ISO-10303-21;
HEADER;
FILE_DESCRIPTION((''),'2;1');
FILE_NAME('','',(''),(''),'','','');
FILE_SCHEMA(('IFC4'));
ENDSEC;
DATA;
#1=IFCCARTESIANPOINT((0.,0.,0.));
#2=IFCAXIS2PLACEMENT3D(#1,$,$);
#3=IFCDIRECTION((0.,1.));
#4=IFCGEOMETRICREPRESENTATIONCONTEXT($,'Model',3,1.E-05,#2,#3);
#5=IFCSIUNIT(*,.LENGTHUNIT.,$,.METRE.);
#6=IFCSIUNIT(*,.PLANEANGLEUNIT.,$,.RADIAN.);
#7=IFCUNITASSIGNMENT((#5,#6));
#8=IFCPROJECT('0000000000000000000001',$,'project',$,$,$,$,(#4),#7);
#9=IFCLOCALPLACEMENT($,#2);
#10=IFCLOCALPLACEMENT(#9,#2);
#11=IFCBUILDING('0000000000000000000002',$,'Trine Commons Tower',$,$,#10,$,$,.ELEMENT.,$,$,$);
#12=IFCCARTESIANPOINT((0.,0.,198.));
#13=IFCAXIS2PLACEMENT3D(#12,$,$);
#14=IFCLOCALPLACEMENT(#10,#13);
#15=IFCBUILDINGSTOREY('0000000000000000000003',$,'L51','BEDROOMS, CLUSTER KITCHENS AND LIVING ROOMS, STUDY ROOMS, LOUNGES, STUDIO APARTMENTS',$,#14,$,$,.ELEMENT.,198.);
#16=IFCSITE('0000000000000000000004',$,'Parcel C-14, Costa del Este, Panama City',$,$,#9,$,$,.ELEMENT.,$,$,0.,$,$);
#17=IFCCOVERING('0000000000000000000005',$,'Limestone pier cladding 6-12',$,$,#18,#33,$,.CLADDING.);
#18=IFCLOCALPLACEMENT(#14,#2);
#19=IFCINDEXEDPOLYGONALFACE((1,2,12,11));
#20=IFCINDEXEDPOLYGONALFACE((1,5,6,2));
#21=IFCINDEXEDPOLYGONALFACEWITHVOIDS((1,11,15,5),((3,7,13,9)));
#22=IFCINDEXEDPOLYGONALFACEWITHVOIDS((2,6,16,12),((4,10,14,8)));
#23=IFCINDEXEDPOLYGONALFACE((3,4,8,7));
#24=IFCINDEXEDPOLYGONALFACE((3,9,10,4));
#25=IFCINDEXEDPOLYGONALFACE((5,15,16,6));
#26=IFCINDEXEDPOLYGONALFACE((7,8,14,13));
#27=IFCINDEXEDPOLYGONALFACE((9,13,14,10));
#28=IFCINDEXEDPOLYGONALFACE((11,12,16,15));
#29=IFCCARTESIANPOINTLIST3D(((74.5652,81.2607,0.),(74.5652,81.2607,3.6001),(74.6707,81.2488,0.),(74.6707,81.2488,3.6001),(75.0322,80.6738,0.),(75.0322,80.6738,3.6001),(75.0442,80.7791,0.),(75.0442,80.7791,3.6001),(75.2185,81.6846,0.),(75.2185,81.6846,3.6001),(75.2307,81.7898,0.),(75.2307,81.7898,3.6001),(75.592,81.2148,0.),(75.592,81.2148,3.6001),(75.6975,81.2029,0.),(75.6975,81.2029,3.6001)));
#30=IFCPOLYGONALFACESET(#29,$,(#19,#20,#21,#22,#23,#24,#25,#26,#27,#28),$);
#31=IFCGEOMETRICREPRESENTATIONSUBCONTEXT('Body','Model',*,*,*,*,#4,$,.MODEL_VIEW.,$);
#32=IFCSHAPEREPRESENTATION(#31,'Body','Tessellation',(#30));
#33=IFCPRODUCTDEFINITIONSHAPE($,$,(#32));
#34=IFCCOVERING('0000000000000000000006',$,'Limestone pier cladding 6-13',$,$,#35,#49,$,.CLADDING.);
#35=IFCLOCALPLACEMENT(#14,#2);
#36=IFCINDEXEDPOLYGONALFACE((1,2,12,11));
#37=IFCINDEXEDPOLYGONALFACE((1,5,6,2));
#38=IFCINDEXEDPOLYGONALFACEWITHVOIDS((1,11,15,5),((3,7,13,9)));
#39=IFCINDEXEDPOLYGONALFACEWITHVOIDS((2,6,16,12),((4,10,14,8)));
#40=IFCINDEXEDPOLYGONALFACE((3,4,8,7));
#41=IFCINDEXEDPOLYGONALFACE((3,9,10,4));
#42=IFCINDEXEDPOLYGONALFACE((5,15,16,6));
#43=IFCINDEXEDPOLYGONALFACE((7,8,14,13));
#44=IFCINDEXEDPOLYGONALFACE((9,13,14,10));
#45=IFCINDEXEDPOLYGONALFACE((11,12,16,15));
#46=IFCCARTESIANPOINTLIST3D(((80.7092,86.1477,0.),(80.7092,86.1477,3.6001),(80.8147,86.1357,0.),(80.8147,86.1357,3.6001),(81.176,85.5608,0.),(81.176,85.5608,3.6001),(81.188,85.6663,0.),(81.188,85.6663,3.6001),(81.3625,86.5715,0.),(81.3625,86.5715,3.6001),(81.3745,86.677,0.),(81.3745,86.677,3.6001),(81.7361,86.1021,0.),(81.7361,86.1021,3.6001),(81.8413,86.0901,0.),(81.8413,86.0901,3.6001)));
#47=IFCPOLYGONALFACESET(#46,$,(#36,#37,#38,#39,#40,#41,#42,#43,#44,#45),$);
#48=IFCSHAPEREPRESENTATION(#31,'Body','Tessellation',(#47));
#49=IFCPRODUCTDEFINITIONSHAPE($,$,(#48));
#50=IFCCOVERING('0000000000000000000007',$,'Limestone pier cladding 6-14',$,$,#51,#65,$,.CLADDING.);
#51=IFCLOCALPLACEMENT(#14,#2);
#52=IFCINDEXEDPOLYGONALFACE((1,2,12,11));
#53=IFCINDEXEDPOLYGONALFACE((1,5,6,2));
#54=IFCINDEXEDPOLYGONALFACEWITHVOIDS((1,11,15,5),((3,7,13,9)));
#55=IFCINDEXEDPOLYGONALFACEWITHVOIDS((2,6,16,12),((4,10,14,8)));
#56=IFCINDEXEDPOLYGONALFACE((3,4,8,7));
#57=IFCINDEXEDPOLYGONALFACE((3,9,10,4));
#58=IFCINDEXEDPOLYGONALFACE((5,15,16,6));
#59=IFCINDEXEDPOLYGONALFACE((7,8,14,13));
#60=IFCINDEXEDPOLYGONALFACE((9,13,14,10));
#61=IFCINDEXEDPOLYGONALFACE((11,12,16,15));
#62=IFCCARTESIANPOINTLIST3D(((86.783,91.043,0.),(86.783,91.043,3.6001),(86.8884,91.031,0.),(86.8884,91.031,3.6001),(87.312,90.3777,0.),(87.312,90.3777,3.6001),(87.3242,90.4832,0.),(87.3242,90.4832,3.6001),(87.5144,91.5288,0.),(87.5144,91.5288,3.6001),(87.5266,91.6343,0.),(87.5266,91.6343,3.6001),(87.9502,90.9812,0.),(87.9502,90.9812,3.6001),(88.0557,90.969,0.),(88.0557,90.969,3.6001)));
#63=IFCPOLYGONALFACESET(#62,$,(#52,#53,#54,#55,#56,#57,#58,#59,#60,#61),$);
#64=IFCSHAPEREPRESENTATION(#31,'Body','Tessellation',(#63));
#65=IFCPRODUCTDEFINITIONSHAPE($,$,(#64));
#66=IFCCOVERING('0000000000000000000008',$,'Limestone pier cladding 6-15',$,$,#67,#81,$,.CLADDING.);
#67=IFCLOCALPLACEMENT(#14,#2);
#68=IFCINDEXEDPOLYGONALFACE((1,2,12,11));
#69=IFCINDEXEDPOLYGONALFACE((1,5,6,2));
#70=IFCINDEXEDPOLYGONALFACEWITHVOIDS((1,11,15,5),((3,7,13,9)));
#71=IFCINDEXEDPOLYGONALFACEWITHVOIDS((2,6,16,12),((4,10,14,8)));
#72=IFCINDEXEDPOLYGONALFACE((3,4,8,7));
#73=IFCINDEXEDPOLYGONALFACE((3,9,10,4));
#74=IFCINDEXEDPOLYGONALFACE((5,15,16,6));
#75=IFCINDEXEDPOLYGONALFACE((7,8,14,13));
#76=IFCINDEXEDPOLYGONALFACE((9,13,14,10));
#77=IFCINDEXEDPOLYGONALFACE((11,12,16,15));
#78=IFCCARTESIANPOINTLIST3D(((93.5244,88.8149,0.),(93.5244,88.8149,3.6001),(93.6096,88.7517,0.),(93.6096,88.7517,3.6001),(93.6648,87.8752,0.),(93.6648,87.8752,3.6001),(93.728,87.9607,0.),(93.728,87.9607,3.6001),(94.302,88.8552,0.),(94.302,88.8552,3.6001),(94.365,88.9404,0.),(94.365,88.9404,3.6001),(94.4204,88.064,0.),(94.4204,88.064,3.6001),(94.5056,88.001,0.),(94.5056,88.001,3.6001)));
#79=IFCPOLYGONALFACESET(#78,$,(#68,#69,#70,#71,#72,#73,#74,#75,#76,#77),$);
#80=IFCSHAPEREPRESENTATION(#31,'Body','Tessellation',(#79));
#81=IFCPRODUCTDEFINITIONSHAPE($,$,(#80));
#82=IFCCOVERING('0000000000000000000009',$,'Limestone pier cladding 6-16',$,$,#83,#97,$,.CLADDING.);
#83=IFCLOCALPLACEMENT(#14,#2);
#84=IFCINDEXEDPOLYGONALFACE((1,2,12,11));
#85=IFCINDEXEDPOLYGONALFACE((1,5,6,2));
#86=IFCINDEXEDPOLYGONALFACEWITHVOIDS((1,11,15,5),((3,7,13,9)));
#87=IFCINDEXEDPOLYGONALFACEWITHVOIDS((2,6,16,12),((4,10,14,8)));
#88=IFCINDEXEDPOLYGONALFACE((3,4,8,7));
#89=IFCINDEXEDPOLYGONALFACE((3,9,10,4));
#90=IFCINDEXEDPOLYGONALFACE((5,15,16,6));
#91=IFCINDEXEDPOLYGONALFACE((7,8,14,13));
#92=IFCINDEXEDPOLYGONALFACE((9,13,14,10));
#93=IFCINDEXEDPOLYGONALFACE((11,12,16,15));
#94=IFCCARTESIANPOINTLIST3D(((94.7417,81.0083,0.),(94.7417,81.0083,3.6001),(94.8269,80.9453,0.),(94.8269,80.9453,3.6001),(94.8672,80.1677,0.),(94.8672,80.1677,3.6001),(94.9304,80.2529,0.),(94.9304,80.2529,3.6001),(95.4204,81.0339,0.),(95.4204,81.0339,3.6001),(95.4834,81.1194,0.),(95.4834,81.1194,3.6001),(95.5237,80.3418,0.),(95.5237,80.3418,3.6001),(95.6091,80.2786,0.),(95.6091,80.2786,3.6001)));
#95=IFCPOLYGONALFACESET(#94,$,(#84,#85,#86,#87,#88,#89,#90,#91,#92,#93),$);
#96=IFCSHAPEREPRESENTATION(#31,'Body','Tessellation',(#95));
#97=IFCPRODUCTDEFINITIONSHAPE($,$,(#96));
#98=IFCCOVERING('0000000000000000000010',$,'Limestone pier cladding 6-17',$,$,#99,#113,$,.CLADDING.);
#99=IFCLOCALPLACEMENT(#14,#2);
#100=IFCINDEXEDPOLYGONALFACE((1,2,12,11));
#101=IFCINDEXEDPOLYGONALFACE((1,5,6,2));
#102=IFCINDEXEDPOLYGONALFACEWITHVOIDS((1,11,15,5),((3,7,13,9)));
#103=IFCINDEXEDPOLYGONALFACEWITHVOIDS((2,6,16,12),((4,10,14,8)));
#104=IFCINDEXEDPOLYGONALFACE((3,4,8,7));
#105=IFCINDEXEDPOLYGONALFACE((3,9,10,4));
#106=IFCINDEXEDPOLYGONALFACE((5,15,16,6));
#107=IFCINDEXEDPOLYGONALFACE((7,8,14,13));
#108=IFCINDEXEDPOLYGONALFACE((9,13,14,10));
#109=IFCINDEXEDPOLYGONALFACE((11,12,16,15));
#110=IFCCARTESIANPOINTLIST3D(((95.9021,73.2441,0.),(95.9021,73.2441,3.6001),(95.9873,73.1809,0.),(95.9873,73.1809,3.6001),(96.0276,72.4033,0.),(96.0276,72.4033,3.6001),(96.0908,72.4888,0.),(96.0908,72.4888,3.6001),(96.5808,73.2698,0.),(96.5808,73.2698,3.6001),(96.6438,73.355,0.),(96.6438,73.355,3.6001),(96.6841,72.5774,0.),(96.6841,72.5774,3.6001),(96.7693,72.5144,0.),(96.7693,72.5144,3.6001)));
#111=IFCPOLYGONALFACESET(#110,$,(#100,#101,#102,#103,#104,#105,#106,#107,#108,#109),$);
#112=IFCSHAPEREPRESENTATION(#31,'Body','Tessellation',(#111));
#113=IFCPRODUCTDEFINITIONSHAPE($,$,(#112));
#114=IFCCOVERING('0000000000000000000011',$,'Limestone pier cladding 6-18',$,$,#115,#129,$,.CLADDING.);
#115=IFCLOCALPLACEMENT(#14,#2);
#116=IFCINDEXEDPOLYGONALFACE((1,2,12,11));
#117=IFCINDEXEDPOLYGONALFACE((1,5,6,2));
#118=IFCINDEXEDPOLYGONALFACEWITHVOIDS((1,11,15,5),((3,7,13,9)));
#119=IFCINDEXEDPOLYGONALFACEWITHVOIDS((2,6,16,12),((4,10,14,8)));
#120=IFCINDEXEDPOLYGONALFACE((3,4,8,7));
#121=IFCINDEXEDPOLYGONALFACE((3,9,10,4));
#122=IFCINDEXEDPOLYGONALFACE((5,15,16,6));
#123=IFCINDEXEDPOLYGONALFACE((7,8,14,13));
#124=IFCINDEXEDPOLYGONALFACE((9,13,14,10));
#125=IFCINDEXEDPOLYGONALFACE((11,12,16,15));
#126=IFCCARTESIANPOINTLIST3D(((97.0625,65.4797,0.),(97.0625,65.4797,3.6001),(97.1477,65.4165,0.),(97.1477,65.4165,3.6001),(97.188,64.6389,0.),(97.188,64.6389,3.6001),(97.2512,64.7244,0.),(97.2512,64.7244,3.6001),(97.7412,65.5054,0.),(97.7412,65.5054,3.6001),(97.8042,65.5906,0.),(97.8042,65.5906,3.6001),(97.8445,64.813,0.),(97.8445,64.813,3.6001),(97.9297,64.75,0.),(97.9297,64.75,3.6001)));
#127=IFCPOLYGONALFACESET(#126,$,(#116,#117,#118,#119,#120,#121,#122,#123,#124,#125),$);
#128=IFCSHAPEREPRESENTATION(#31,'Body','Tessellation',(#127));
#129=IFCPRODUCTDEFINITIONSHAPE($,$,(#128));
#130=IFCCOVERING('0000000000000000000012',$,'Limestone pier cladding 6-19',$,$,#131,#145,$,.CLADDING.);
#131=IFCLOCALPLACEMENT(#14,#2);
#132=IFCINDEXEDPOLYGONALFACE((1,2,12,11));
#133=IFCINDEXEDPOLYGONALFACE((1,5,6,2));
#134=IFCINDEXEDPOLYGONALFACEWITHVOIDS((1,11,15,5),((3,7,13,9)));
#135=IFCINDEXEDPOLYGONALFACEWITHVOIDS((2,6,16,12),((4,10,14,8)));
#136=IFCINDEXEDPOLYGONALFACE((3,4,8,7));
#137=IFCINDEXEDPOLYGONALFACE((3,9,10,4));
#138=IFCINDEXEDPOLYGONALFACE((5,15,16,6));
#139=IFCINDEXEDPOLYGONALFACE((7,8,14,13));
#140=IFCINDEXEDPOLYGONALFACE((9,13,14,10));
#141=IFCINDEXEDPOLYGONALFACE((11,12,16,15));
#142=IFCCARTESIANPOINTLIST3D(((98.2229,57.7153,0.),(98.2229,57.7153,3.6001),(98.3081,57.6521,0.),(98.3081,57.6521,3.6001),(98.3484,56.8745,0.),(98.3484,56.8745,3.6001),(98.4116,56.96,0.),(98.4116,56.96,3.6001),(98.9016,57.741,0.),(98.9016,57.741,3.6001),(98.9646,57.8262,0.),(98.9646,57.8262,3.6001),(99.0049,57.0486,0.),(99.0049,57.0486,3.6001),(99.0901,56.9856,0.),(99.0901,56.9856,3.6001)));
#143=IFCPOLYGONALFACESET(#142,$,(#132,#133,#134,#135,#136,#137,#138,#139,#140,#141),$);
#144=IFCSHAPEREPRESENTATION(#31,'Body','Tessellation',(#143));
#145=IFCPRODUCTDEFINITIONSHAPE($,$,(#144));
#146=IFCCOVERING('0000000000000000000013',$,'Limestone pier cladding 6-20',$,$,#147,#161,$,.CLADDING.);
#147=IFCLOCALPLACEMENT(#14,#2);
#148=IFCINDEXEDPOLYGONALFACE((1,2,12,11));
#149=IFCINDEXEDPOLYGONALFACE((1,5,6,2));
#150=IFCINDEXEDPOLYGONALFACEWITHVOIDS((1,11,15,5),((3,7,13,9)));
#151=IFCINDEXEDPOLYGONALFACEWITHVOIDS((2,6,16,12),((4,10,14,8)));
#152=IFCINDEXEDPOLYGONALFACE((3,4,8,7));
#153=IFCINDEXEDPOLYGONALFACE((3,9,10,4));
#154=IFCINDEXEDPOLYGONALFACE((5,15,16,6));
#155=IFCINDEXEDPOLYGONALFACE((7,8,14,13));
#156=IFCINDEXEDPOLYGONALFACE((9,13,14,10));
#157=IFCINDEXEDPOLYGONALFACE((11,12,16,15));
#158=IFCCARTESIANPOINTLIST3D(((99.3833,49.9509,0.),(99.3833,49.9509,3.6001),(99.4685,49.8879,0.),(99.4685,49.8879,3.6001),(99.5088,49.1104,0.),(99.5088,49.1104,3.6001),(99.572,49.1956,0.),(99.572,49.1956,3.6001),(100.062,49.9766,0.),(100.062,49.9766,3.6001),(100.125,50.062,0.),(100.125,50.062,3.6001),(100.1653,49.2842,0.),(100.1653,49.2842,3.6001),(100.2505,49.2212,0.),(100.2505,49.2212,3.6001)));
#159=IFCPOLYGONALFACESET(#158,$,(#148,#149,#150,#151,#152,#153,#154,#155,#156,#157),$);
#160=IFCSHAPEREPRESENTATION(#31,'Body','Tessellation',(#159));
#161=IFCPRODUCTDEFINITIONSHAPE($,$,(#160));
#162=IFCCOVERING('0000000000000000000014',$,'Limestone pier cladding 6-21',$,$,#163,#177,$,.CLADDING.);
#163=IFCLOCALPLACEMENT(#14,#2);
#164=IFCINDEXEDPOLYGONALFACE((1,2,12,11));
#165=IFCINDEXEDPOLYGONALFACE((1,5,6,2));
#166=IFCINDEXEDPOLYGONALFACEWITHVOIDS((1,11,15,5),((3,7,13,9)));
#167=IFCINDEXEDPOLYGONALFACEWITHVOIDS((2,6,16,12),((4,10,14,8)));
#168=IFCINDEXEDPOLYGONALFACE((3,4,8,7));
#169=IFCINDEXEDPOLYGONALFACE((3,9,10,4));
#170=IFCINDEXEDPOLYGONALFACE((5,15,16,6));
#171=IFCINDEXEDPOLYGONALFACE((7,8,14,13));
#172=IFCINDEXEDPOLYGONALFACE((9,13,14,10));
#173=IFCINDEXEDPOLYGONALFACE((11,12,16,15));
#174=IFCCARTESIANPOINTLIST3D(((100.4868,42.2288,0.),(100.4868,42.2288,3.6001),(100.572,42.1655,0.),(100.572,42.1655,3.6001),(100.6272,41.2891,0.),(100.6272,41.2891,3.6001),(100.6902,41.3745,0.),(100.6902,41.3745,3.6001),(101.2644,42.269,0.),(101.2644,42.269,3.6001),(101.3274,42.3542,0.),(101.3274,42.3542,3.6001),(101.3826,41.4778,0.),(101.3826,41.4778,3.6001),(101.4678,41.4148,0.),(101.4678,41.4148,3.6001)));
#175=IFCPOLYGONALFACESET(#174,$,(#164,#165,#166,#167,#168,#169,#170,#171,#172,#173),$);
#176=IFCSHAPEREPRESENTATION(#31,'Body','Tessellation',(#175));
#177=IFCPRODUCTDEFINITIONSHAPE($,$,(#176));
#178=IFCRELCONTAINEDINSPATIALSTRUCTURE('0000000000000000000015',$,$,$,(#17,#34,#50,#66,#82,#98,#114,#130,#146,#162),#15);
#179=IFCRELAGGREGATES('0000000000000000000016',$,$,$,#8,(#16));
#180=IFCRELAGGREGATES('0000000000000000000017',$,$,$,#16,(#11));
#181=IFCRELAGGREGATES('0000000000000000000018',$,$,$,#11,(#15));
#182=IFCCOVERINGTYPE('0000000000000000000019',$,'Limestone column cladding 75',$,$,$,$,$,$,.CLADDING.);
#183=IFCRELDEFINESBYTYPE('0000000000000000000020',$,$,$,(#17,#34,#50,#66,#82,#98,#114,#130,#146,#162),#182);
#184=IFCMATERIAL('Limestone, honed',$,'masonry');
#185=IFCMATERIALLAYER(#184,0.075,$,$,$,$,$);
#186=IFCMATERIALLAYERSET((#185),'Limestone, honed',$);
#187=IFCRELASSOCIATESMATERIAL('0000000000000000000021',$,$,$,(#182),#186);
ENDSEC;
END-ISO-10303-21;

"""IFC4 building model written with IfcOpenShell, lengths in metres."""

from ifc_helpers import new_model, si_unit, direction, frame, origin, place, context, subcontext, project, spatial, polyline, outline, extrude, material, layer, layer_set, type_object, element, save


model = new_model("IFC4")

# Units and contexts
model_context = context("Model", 3, precision=1e-05, world=origin(), true_north=direction((0.0, 1.0)))
body_context = subcontext(model_context, "Body", "Model", "MODEL_VIEW")
ifc_project = project(units=[si_unit("LENGTHUNIT", "METRE"), si_unit("PLANEANGLEUNIT", "RADIAN")], contexts=[model_context])

# Site, building, storey
site_placement = place(None, origin())
site = spatial("IfcSite", under=ifc_project, at=site_placement, Name="Parcel C-14, Costa del Este, Panama City", CompositionType="ELEMENT", RefElevation=0.0)
building_placement = place(site_placement, origin())
building = spatial("IfcBuilding", under=site, at=building_placement, Name="Trine Commons Tower", CompositionType="ELEMENT")
storey_placement = place(building_placement, frame((0.0, 0.0, 198.0)))
storey = spatial("IfcBuildingStorey", under=building, at=storey_placement, Name="L51", Description="BEDROOMS, CLUSTER KITCHENS AND LIVING ROOMS, STUDY ROOMS, LOUNGES, STUDIO APARTMENTS", CompositionType="ELEMENT", Elevation=198.0)

# Coverings
ifc_material_1 = material(Name="Limestone, honed", Category="masonry")
ifc_layer_1 = layer(ifc_material_1, 0.075)
ifc_layer_set_1 = layer_set([ifc_layer_1], Name="Limestone, honed")
covering_type = type_object("IfcCoveringType", Name="Limestone column cladding 75", PredefinedType="CLADDING", material=ifc_layer_set_1)
covering_1_placement = place(storey_placement, origin())
element("IfcCovering", 1, at=covering_1_placement, inside=storey, type_object=covering_type, Name="Limestone pier cladding 6-12", PredefinedType="CLADDING", context=body_context, shape_type="SweptSolid", body=[
    extrude(outline(polyline([(75.6975, 81.2029), (75.2307, 81.7898), (74.5652, 81.2607), (75.0322, 80.6738), (75.6975, 81.2029)]), holes=[polyline([(75.592, 81.2148), (75.2185, 81.6846), (74.6707, 81.2488), (75.0442, 80.7791), (75.592, 81.2148)])]), origin(), (0.0, 0.0, 1.0), 3.6001),
])
covering_2_placement = place(storey_placement, origin())
element("IfcCovering", 2, at=covering_2_placement, inside=storey, type_object=covering_type, Name="Limestone pier cladding 6-13", PredefinedType="CLADDING", context=body_context, shape_type="SweptSolid", body=[
    extrude(outline(polyline([(81.8413, 86.0901), (81.3745, 86.677), (80.7092, 86.1477), (81.176, 85.5608), (81.8413, 86.0901)]), holes=[polyline([(81.7361, 86.1021), (81.3625, 86.5715), (80.8147, 86.1357), (81.188, 85.6663), (81.7361, 86.1021)])]), origin(), (0.0, 0.0, 1.0), 3.6001),
])
covering_3_placement = place(storey_placement, origin())
element("IfcCovering", 3, at=covering_3_placement, inside=storey, type_object=covering_type, Name="Limestone pier cladding 6-14", PredefinedType="CLADDING", context=body_context, shape_type="SweptSolid", body=[
    extrude(outline(polyline([(88.0557, 90.969), (87.5266, 91.6343), (86.783, 91.043), (87.312, 90.3777), (88.0557, 90.969)]), holes=[polyline([(87.9502, 90.9812), (87.5144, 91.5288), (86.8884, 91.031), (87.3242, 90.4832), (87.9502, 90.9812)])]), origin(), (0.0, 0.0, 1.0), 3.6001),
])
covering_4_placement = place(storey_placement, origin())
element("IfcCovering", 4, at=covering_4_placement, inside=storey, type_object=covering_type, Name="Limestone pier cladding 6-15", PredefinedType="CLADDING", context=body_context, shape_type="SweptSolid", body=[
    extrude(outline(polyline([(94.365, 88.9404), (93.5244, 88.8149), (93.6648, 87.8752), (94.5056, 88.001), (94.365, 88.9404)]), holes=[polyline([(94.302, 88.8552), (93.6096, 88.7517), (93.728, 87.9607), (94.4204, 88.064), (94.302, 88.8552)])]), origin(), (0.0, 0.0, 1.0), 3.6001),
])
covering_5_placement = place(storey_placement, origin())
element("IfcCovering", 5, at=covering_5_placement, inside=storey, type_object=covering_type, Name="Limestone pier cladding 6-16", PredefinedType="CLADDING", context=body_context, shape_type="SweptSolid", body=[
    extrude(outline(polyline([(95.4834, 81.1194), (94.7417, 81.0083), (94.8672, 80.1677), (95.6091, 80.2786), (95.4834, 81.1194)]), holes=[polyline([(95.4204, 81.0339), (94.8269, 80.9453), (94.9304, 80.2529), (95.5237, 80.3418), (95.4204, 81.0339)])]), origin(), (0.0, 0.0, 1.0), 3.6001),
])
covering_6_placement = place(storey_placement, origin())
element("IfcCovering", 6, at=covering_6_placement, inside=storey, type_object=covering_type, Name="Limestone pier cladding 6-17", PredefinedType="CLADDING", context=body_context, shape_type="SweptSolid", body=[
    extrude(outline(polyline([(96.6438, 73.355), (95.9021, 73.2441), (96.0276, 72.4033), (96.7693, 72.5144), (96.6438, 73.355)]), holes=[polyline([(96.5808, 73.2698), (95.9873, 73.1809), (96.0908, 72.4888), (96.6841, 72.5774), (96.5808, 73.2698)])]), origin(), (0.0, 0.0, 1.0), 3.6001),
])
covering_7_placement = place(storey_placement, origin())
element("IfcCovering", 7, at=covering_7_placement, inside=storey, type_object=covering_type, Name="Limestone pier cladding 6-18", PredefinedType="CLADDING", context=body_context, shape_type="SweptSolid", body=[
    extrude(outline(polyline([(97.8042, 65.5906), (97.0625, 65.4797), (97.188, 64.6389), (97.9297, 64.75), (97.8042, 65.5906)]), holes=[polyline([(97.7412, 65.5054), (97.1477, 65.4165), (97.2512, 64.7244), (97.8445, 64.813), (97.7412, 65.5054)])]), origin(), (0.0, 0.0, 1.0), 3.6001),
])
covering_8_placement = place(storey_placement, origin())
element("IfcCovering", 8, at=covering_8_placement, inside=storey, type_object=covering_type, Name="Limestone pier cladding 6-19", PredefinedType="CLADDING", context=body_context, shape_type="SweptSolid", body=[
    extrude(outline(polyline([(98.9646, 57.8262), (98.2229, 57.7153), (98.3484, 56.8745), (99.0901, 56.9856), (98.9646, 57.8262)]), holes=[polyline([(98.9016, 57.741), (98.3081, 57.6521), (98.4116, 56.96), (99.0049, 57.0486), (98.9016, 57.741)])]), origin(), (0.0, 0.0, 1.0), 3.6001),
])
covering_9_placement = place(storey_placement, origin())
element("IfcCovering", 9, at=covering_9_placement, inside=storey, type_object=covering_type, Name="Limestone pier cladding 6-20", PredefinedType="CLADDING", context=body_context, shape_type="SweptSolid", body=[
    extrude(outline(polyline([(100.125, 50.062), (99.3833, 49.9509), (99.5088, 49.1104), (100.2505, 49.2212), (100.125, 50.062)]), holes=[polyline([(100.062, 49.9766), (99.4685, 49.8879), (99.572, 49.1956), (100.1653, 49.2842), (100.062, 49.9766)])]), origin(), (0.0, 0.0, 1.0), 3.6001),
])
covering_10_placement = place(storey_placement, origin())
element("IfcCovering", 10, at=covering_10_placement, inside=storey, type_object=covering_type, Name="Limestone pier cladding 6-21", PredefinedType="CLADDING", context=body_context, shape_type="SweptSolid", body=[
    extrude(outline(polyline([(101.3274, 42.3542), (100.4868, 42.2288), (100.6272, 41.2891), (101.4678, 41.4148), (101.3274, 42.3542)]), holes=[polyline([(101.2644, 42.269), (100.572, 42.1655), (100.6902, 41.3745), (101.3826, 41.4778), (101.2644, 42.269)])]), origin(), (0.0, 0.0, 1.0), 3.6001),
])

save(model, "model.ifc")
